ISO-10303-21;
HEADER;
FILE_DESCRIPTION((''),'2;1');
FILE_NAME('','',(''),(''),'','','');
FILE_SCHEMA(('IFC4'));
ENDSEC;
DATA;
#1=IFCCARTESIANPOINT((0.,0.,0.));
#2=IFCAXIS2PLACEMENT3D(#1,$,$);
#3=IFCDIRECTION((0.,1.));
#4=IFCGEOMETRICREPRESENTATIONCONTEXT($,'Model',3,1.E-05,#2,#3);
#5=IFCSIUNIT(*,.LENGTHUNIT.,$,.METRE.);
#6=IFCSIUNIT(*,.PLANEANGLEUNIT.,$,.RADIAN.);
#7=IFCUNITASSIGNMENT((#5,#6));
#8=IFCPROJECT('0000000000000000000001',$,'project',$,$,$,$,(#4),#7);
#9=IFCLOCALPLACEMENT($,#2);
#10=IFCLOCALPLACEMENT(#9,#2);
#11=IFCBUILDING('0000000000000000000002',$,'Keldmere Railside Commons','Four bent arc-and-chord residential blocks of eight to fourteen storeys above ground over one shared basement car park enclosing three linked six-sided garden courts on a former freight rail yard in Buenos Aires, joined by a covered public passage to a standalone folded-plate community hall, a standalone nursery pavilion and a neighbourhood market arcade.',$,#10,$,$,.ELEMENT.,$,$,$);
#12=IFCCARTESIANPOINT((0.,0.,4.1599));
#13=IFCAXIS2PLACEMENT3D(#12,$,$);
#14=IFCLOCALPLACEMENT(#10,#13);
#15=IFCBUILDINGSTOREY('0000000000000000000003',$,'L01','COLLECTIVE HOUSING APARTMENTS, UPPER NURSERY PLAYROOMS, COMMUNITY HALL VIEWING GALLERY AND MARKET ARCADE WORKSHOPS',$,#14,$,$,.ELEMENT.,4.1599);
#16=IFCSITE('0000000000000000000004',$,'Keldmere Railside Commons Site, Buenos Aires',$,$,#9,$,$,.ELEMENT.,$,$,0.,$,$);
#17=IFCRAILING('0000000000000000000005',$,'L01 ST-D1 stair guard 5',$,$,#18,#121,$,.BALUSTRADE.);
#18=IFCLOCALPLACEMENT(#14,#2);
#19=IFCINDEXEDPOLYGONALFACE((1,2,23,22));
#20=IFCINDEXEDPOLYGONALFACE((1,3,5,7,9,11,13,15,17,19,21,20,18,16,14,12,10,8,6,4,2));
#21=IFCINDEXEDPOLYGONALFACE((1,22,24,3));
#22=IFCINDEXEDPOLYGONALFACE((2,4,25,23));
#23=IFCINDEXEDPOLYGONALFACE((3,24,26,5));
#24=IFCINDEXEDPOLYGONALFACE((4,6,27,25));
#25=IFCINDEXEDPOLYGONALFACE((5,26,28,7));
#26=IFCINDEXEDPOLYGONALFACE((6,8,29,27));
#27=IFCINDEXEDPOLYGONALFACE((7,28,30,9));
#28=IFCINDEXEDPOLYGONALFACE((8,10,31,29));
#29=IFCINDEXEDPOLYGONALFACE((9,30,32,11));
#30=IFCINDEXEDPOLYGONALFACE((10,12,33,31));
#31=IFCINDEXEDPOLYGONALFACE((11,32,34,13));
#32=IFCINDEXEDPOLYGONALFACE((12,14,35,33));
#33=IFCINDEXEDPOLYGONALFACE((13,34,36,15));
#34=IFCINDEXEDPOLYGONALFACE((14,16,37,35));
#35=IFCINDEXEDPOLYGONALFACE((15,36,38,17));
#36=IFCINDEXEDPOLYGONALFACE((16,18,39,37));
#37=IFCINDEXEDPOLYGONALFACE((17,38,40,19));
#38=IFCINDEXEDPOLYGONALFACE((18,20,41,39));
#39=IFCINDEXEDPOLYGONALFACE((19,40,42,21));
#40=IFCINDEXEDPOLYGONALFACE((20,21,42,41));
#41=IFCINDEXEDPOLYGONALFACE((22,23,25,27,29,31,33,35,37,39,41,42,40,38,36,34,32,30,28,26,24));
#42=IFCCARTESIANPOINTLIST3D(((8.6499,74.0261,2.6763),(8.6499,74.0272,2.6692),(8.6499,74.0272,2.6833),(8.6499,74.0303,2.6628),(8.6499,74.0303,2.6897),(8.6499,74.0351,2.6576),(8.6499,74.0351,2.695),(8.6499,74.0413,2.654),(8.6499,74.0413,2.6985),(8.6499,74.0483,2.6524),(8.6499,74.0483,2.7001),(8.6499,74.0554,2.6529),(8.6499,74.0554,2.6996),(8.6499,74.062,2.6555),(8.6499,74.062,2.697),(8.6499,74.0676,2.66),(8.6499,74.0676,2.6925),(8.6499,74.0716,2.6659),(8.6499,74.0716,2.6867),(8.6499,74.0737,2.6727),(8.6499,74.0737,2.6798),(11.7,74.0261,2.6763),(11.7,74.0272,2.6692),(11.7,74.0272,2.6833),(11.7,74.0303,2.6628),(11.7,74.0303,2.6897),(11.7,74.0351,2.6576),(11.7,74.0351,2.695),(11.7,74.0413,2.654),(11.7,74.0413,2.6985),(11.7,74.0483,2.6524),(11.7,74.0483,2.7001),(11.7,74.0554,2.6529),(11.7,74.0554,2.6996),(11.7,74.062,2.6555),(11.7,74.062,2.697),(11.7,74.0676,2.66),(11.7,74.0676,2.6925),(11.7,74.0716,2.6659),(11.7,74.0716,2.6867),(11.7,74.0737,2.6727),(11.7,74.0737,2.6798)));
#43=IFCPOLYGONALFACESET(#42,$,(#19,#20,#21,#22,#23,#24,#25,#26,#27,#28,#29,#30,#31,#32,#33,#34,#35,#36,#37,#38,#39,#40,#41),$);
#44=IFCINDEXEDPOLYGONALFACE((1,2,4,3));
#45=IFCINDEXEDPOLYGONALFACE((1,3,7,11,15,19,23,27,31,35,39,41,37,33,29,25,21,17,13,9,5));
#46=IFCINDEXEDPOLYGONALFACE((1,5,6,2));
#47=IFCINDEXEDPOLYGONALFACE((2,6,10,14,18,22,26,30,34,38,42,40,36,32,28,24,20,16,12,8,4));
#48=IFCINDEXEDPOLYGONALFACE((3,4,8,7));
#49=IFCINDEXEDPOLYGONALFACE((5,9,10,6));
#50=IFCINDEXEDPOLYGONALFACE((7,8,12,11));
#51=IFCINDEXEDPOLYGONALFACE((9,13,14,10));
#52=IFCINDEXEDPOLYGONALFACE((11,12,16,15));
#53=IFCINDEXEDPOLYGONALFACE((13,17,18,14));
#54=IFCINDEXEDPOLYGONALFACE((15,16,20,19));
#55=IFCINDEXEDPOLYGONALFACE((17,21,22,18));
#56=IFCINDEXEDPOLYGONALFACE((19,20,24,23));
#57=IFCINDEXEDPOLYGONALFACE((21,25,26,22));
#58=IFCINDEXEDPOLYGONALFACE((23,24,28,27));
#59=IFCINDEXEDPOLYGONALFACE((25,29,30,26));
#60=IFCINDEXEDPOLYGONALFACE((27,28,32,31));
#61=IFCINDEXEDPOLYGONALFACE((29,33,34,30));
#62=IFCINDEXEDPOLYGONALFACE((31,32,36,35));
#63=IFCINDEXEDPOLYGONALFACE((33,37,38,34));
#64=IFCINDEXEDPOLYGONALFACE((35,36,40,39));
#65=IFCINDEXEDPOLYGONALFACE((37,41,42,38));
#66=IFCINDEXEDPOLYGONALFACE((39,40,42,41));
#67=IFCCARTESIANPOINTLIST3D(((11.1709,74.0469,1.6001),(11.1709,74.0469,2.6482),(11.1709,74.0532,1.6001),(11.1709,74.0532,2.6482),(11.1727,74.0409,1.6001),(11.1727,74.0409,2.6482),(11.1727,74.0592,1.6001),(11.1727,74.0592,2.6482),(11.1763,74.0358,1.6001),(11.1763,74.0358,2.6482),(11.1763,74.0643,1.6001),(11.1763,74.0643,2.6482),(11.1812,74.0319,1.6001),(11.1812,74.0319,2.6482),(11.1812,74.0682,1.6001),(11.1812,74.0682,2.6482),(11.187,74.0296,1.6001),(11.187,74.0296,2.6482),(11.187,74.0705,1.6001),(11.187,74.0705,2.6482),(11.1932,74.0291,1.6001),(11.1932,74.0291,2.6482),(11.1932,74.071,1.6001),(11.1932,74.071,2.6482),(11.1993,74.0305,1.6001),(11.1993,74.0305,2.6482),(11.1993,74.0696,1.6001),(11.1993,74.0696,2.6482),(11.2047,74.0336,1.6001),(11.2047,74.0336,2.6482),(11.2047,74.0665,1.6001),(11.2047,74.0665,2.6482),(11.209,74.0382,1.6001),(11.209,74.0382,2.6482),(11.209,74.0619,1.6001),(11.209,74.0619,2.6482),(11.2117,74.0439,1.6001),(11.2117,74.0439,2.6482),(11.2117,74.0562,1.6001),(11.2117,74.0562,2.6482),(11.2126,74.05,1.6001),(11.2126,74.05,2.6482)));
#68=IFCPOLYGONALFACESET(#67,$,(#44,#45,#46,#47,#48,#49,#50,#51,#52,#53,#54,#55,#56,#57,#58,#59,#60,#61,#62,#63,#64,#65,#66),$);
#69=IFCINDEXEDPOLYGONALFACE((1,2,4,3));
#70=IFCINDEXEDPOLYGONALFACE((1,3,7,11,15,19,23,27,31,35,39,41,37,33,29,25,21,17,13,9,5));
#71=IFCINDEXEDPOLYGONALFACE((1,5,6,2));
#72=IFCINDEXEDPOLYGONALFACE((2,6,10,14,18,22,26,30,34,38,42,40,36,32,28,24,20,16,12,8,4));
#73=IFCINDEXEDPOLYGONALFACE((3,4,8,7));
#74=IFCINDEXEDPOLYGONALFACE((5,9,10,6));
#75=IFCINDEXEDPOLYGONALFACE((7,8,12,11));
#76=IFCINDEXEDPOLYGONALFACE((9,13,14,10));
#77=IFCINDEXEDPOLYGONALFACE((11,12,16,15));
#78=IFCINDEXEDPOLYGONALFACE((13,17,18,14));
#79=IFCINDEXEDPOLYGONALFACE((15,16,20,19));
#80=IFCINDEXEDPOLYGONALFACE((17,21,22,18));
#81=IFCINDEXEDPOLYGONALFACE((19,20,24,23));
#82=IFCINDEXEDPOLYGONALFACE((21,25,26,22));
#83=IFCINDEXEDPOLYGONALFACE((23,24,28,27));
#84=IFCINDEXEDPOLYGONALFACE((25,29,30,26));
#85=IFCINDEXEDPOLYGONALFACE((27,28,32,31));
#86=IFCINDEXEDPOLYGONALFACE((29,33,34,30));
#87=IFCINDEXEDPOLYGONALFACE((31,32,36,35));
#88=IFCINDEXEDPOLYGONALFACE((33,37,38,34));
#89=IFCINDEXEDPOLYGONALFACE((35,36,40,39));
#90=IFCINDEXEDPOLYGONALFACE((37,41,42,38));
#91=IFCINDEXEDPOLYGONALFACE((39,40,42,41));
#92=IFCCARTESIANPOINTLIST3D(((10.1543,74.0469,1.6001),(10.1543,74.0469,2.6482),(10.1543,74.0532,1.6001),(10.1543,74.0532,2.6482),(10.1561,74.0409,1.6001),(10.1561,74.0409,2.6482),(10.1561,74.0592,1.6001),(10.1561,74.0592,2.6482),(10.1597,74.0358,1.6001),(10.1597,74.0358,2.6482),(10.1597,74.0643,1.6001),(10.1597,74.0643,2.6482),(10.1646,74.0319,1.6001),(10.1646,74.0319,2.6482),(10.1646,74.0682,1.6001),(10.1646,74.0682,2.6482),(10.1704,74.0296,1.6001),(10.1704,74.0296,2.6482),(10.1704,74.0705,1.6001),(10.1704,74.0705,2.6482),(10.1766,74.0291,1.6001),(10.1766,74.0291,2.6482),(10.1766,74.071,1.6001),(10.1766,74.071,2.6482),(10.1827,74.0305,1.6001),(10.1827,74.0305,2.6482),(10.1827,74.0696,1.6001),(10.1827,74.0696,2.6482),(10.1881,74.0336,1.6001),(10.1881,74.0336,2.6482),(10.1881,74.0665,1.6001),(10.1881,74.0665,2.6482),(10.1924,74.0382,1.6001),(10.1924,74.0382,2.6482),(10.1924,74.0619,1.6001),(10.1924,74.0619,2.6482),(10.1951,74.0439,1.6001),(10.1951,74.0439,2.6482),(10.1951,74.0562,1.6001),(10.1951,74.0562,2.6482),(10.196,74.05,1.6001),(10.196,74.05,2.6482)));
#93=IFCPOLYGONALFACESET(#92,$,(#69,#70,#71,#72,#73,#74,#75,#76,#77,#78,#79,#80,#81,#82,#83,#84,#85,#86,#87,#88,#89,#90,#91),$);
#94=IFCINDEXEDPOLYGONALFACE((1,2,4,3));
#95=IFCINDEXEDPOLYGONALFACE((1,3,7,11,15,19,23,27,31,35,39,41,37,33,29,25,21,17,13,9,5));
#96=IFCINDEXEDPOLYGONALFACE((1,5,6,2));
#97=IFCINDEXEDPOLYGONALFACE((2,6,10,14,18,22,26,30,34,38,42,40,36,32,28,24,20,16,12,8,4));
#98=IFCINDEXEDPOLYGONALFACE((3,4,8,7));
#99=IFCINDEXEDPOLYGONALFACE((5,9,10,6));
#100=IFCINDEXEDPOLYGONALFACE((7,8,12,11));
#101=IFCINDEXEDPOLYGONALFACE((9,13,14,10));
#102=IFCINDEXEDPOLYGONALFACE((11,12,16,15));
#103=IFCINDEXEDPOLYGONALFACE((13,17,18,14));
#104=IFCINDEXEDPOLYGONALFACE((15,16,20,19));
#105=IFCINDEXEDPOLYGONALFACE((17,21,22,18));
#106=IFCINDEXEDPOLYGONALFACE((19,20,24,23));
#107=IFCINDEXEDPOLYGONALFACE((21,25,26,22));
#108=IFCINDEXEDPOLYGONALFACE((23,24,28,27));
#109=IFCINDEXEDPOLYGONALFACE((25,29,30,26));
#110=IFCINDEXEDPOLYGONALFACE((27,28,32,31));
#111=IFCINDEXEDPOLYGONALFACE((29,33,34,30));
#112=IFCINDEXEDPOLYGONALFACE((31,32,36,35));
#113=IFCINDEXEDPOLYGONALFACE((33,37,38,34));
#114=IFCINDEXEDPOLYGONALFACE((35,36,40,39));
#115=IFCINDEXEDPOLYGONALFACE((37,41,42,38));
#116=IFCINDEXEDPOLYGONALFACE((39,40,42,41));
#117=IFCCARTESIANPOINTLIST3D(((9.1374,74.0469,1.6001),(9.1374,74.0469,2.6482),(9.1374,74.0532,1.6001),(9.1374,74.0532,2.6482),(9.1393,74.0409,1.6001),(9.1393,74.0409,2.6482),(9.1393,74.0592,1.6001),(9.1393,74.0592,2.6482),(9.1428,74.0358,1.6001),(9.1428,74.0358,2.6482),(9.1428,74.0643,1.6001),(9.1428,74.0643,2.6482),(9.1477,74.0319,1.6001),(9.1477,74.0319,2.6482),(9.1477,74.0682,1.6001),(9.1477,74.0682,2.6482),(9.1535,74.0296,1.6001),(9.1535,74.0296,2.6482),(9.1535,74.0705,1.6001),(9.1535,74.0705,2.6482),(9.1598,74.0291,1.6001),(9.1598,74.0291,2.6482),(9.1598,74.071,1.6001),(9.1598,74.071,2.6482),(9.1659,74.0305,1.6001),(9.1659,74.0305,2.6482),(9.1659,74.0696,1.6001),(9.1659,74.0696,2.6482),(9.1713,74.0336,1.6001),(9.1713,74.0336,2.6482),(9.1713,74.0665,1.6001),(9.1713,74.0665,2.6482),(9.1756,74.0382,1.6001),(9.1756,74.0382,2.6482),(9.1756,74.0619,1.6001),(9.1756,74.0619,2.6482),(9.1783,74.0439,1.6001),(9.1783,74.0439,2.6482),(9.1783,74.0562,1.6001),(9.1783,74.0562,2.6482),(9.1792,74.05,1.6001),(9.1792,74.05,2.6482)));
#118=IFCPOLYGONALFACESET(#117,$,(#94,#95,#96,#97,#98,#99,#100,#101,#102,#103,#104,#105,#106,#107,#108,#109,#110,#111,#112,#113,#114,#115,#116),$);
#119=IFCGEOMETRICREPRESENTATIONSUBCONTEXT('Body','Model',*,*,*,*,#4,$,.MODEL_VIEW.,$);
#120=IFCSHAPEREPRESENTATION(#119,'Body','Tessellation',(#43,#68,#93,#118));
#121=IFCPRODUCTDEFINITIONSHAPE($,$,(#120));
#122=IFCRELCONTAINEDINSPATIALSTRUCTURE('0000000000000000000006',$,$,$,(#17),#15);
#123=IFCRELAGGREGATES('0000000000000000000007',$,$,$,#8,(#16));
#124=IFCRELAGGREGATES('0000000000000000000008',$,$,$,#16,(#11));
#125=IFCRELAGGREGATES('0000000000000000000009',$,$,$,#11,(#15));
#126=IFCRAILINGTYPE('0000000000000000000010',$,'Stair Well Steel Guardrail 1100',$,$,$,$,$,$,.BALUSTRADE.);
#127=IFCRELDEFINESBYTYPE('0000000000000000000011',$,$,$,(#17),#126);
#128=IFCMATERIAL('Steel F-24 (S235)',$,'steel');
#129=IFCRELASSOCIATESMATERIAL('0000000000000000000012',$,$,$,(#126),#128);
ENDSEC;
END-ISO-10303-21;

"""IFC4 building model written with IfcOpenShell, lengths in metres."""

from ifc_helpers import new_model, si_unit, direction, frame, origin, origin_2d, place, context, subcontext, project, spatial, circle, extrude, material, type_object, element, save


model = new_model("IFC4")

# Units and contexts
model_context = context("Model", 3, precision=1e-05, world=origin(), true_north=direction((0.0, 1.0)))
body_context = subcontext(model_context, "Body", "Model", "MODEL_VIEW")
ifc_project = project(units=[si_unit("LENGTHUNIT", "METRE"), si_unit("PLANEANGLEUNIT", "RADIAN")], contexts=[model_context])

# Site, building, storey
site_placement = place(None, origin())
site = spatial("IfcSite", under=ifc_project, at=site_placement, Name="Keldmere Railside Commons Site, Buenos Aires", CompositionType="ELEMENT", RefElevation=0.0)
building_placement = place(site_placement, origin())
building = spatial("IfcBuilding", under=site, at=building_placement, Name="Keldmere Railside Commons", Description="Four bent arc-and-chord residential blocks of eight to fourteen storeys above ground over one shared basement car park enclosing three linked six-sided garden courts on a former freight rail yard in Buenos Aires, joined by a covered public passage to a standalone folded-plate community hall, a standalone nursery pavilion and a neighbourhood market arcade.", CompositionType="ELEMENT")
storey_placement = place(building_placement, frame((0.0, 0.0, 4.1599)))
storey = spatial("IfcBuildingStorey", under=building, at=storey_placement, Name="L01", Description="COLLECTIVE HOUSING APARTMENTS, UPPER NURSERY PLAYROOMS, COMMUNITY HALL VIEWING GALLERY AND MARKET ARCADE WORKSHOPS", CompositionType="ELEMENT", Elevation=4.1599)

# Shared definitions
ifc_material_1 = material(Name="Steel F-24 (S235)", Category="steel")

# Railing
railing_type_1 = type_object("IfcRailingType", Name="Stair Well Steel Guardrail 1100", PredefinedType="BALUSTRADE", material=ifc_material_1)
railing_1_placement = place(storey_placement, frame((11.7, 74.05, 1.6001)))
element("IfcRailing", 1, at=railing_1_placement, inside=storey, type_object=railing_type_1, Name="L01 ST-D1 stair guard 5", PredefinedType="BALUSTRADE", context=body_context, shape_type="SweptSolid", body=[
    extrude(circle(Radius=0.0239, at=origin_2d()), frame((0.0, 0.0, 1.0762), z_axis=(-1.0, 0.0, 0.0), x_axis=(0.0, -1.0, 0.0)), (0.0, 0.0, 1.0), 3.05),
    extrude(circle(Radius=0.021, at=origin_2d()), frame((-0.5083, 0.0, 0.0)), (0.0, 0.0, 1.0), 1.0481),
    extrude(circle(Radius=0.021, at=origin_2d()), frame((-1.5249, 0.0, 0.0)), (0.0, 0.0, 1.0), 1.0481),
    extrude(circle(Radius=0.021, at=origin_2d()), frame((-2.5417, 0.0, 0.0)), (0.0, 0.0, 1.0), 1.0481),
])

save(model, "model.ifc")
